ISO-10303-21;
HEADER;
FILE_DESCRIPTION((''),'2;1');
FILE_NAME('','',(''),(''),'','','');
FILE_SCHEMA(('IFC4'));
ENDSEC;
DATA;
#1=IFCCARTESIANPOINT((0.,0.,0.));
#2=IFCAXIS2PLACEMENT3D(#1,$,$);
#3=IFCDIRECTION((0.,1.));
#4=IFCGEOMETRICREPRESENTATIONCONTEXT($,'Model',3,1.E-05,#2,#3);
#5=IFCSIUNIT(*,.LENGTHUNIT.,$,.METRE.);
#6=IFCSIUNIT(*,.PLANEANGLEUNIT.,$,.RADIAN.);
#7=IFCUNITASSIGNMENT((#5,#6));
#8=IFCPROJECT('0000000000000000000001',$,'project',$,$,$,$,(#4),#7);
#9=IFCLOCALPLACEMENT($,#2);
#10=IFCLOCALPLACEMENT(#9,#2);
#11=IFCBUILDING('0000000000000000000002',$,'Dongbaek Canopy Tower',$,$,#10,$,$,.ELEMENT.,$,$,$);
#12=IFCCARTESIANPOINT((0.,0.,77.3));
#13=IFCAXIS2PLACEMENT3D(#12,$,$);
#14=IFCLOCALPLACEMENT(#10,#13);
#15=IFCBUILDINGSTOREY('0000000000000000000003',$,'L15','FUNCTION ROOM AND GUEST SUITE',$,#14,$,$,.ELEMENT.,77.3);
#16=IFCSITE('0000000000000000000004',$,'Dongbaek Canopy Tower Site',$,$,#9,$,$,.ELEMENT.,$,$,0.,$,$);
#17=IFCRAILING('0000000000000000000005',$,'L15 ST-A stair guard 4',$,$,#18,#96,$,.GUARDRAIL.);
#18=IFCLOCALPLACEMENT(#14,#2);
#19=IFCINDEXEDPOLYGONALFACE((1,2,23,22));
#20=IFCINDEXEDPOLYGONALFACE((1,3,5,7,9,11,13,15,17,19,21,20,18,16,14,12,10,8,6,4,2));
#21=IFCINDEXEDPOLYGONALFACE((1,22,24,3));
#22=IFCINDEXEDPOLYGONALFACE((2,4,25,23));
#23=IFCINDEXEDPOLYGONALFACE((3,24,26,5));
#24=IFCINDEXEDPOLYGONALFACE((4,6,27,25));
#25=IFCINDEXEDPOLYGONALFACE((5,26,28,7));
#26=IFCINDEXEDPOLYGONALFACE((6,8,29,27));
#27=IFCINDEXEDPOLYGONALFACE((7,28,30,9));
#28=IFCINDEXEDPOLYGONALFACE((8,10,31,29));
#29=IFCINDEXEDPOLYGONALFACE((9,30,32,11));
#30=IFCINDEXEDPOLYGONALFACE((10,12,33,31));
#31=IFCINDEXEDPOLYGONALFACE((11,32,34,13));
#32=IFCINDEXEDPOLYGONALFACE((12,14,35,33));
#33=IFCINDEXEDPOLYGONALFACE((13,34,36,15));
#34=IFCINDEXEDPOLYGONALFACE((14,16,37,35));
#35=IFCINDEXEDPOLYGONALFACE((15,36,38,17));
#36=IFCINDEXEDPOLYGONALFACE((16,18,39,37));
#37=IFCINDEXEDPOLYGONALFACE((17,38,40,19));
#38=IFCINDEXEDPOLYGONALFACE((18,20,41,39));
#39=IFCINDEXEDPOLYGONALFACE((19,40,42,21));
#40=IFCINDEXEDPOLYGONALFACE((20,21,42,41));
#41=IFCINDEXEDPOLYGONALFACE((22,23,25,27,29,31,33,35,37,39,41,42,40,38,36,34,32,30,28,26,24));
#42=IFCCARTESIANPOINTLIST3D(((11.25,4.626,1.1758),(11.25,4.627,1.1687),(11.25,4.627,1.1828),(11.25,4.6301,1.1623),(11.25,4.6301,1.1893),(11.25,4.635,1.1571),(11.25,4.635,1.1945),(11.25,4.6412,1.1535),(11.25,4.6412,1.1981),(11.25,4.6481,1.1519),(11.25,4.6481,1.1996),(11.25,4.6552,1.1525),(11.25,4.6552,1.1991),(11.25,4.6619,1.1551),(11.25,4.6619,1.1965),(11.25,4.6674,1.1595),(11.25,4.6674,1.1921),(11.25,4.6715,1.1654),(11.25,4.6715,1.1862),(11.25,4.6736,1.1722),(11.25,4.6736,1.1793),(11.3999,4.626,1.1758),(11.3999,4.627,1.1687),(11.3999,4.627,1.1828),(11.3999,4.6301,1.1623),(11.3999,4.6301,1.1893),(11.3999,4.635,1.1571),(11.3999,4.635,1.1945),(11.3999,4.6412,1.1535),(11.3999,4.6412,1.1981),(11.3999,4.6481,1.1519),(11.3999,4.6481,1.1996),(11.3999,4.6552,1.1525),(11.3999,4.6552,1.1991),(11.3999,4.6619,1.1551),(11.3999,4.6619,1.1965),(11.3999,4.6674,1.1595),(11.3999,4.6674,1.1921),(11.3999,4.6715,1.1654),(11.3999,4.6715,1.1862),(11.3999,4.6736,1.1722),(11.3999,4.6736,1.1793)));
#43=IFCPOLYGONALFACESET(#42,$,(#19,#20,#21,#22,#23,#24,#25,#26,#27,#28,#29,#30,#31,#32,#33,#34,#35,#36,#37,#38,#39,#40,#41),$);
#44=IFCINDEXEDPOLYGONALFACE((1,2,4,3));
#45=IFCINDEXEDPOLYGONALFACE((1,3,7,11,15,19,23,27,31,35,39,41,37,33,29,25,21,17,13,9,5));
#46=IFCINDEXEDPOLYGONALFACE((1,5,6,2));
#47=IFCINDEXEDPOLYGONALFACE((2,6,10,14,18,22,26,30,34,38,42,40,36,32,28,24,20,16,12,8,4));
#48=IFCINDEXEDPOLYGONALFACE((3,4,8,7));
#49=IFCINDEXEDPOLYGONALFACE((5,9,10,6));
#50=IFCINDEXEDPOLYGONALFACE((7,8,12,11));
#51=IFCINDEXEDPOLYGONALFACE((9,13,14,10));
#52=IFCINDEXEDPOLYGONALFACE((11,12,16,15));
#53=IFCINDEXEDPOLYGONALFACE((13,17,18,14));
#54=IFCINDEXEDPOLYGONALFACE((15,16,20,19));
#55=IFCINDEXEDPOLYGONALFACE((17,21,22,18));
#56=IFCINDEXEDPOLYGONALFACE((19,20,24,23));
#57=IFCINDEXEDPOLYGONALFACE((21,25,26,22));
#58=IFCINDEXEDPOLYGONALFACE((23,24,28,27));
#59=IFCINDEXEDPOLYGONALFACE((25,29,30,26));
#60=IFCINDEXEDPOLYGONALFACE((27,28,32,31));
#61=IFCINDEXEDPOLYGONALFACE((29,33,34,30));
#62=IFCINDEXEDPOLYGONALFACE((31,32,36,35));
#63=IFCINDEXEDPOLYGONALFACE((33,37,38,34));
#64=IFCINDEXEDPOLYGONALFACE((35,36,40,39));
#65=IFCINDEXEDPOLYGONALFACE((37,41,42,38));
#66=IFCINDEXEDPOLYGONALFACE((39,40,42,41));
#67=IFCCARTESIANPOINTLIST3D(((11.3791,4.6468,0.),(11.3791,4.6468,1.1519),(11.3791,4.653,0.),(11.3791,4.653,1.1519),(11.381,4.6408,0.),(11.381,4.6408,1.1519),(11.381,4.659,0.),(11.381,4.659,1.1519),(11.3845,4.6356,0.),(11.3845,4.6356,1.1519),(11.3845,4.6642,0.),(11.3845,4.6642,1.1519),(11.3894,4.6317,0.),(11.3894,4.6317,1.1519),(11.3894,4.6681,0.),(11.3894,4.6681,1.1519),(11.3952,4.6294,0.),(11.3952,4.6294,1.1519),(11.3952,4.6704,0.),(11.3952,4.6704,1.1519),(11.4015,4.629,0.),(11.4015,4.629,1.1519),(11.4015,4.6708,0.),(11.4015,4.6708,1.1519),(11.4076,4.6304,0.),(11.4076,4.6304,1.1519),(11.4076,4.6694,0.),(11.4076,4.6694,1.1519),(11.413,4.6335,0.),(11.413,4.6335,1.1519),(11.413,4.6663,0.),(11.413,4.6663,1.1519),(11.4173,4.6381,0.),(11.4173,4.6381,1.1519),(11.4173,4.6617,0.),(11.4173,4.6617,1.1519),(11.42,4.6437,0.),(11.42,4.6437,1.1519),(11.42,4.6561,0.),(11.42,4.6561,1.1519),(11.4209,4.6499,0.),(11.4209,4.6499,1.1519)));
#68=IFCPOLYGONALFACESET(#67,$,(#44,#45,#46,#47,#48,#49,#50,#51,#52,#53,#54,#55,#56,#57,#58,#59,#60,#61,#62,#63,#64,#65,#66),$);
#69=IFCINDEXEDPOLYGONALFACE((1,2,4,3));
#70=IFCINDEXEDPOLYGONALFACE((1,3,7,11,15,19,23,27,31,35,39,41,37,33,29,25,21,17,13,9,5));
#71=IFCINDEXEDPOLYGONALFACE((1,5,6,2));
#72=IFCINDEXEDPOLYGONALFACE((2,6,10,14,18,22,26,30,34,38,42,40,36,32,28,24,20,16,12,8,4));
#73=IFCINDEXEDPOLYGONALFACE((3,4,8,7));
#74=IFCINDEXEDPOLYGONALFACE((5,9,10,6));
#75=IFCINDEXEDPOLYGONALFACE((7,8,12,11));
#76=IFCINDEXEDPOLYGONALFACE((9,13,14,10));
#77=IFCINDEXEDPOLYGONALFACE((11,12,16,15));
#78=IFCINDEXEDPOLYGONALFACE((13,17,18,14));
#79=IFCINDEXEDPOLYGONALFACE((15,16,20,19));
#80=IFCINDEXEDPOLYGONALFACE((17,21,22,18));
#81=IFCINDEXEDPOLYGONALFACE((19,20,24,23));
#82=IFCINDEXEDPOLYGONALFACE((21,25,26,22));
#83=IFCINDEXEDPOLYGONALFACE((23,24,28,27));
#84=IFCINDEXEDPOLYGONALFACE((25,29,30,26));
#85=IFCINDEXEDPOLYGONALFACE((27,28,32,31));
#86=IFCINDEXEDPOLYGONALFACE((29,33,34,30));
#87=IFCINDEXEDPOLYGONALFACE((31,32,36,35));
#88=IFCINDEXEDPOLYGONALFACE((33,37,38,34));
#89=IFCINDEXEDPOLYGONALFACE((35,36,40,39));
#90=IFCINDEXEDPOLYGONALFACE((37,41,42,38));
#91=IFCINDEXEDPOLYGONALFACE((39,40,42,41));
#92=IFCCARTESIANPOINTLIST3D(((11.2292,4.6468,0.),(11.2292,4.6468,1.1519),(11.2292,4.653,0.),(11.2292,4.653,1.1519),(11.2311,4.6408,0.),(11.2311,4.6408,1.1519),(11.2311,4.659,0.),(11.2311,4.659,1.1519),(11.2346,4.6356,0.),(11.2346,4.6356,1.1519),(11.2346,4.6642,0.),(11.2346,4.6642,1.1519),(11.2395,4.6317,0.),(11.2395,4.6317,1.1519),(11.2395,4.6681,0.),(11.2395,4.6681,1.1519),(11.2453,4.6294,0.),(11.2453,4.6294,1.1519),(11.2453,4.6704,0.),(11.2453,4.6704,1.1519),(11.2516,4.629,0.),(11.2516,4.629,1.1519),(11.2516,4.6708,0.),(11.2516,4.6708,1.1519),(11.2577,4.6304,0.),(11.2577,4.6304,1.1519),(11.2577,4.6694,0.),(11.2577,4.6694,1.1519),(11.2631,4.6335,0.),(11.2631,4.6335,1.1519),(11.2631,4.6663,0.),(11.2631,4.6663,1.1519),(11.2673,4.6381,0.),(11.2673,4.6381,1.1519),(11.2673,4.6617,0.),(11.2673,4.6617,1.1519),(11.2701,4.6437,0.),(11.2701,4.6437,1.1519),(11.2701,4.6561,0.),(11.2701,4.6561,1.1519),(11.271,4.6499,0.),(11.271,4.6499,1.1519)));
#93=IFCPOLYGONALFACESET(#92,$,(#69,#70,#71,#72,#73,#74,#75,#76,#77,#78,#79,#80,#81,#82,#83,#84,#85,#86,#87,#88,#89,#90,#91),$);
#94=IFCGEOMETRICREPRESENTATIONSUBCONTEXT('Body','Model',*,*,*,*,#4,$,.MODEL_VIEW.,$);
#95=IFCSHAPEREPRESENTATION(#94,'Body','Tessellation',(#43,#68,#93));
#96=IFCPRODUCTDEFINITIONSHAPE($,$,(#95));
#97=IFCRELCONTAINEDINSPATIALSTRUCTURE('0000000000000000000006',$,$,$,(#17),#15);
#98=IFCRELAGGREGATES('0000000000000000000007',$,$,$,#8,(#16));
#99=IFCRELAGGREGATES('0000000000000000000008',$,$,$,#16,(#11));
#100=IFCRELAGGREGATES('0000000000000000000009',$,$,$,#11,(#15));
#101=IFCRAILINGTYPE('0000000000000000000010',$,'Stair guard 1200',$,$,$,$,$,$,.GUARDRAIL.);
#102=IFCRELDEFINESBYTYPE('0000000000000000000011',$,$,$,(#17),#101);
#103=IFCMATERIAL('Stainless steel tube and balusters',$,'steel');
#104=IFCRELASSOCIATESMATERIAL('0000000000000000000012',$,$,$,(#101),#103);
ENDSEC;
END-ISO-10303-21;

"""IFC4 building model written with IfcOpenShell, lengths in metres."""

from ifc_helpers import new_model, si_unit, direction, frame, origin, origin_2d, place, context, subcontext, project, spatial, circle, extrude, material, type_object, element, save


model = new_model("IFC4")

# Units and contexts
model_context = context("Model", 3, precision=1e-05, world=origin(), true_north=direction((0.0, 1.0)))
body_context = subcontext(model_context, "Body", "Model", "MODEL_VIEW")
ifc_project = project(units=[si_unit("LENGTHUNIT", "METRE"), si_unit("PLANEANGLEUNIT", "RADIAN")], contexts=[model_context])

# Site, building, storey
site_placement = place(None, origin())
site = spatial("IfcSite", under=ifc_project, at=site_placement, Name="Dongbaek Canopy Tower Site", CompositionType="ELEMENT", RefElevation=0.0)
building_placement = place(site_placement, origin())
building = spatial("IfcBuilding", under=site, at=building_placement, Name="Dongbaek Canopy Tower", CompositionType="ELEMENT")
storey_placement = place(building_placement, frame((0.0, 0.0, 77.3)))
storey = spatial("IfcBuildingStorey", under=building, at=storey_placement, Name="L15", Description="FUNCTION ROOM AND GUEST SUITE", CompositionType="ELEMENT", Elevation=77.3)

# Railing
ifc_material_1 = material(Name="Stainless steel tube and balusters", Category="steel")
railing_type_1 = type_object("IfcRailingType", Name="Stair guard 1200", PredefinedType="GUARDRAIL", material=ifc_material_1)
railing_1_placement = place(storey_placement, frame((11.3999, 4.6499, 0.0)))
element("IfcRailing", 1, at=railing_1_placement, inside=storey, type_object=railing_type_1, Name="L15 ST-A stair guard 4", PredefinedType="GUARDRAIL", context=body_context, shape_type="SweptSolid", body=[
    extrude(circle(Radius=0.0239, at=origin_2d()), frame((0.0, 0.0, 1.1758), z_axis=(-1.0, 0.0, 0.0), x_axis=(0.0, -1.0, 0.0)), (0.0, 0.0, 1.0), 0.1499),
    extrude(circle(Radius=0.021, at=origin_2d()), origin(), (0.0, 0.0, 1.0), 1.1519),
    extrude(circle(Radius=0.021, at=origin_2d()), frame((-0.1499, 0.0, 0.0)), (0.0, 0.0, 1.0), 1.1519),
])

save(model, "model.ifc")
